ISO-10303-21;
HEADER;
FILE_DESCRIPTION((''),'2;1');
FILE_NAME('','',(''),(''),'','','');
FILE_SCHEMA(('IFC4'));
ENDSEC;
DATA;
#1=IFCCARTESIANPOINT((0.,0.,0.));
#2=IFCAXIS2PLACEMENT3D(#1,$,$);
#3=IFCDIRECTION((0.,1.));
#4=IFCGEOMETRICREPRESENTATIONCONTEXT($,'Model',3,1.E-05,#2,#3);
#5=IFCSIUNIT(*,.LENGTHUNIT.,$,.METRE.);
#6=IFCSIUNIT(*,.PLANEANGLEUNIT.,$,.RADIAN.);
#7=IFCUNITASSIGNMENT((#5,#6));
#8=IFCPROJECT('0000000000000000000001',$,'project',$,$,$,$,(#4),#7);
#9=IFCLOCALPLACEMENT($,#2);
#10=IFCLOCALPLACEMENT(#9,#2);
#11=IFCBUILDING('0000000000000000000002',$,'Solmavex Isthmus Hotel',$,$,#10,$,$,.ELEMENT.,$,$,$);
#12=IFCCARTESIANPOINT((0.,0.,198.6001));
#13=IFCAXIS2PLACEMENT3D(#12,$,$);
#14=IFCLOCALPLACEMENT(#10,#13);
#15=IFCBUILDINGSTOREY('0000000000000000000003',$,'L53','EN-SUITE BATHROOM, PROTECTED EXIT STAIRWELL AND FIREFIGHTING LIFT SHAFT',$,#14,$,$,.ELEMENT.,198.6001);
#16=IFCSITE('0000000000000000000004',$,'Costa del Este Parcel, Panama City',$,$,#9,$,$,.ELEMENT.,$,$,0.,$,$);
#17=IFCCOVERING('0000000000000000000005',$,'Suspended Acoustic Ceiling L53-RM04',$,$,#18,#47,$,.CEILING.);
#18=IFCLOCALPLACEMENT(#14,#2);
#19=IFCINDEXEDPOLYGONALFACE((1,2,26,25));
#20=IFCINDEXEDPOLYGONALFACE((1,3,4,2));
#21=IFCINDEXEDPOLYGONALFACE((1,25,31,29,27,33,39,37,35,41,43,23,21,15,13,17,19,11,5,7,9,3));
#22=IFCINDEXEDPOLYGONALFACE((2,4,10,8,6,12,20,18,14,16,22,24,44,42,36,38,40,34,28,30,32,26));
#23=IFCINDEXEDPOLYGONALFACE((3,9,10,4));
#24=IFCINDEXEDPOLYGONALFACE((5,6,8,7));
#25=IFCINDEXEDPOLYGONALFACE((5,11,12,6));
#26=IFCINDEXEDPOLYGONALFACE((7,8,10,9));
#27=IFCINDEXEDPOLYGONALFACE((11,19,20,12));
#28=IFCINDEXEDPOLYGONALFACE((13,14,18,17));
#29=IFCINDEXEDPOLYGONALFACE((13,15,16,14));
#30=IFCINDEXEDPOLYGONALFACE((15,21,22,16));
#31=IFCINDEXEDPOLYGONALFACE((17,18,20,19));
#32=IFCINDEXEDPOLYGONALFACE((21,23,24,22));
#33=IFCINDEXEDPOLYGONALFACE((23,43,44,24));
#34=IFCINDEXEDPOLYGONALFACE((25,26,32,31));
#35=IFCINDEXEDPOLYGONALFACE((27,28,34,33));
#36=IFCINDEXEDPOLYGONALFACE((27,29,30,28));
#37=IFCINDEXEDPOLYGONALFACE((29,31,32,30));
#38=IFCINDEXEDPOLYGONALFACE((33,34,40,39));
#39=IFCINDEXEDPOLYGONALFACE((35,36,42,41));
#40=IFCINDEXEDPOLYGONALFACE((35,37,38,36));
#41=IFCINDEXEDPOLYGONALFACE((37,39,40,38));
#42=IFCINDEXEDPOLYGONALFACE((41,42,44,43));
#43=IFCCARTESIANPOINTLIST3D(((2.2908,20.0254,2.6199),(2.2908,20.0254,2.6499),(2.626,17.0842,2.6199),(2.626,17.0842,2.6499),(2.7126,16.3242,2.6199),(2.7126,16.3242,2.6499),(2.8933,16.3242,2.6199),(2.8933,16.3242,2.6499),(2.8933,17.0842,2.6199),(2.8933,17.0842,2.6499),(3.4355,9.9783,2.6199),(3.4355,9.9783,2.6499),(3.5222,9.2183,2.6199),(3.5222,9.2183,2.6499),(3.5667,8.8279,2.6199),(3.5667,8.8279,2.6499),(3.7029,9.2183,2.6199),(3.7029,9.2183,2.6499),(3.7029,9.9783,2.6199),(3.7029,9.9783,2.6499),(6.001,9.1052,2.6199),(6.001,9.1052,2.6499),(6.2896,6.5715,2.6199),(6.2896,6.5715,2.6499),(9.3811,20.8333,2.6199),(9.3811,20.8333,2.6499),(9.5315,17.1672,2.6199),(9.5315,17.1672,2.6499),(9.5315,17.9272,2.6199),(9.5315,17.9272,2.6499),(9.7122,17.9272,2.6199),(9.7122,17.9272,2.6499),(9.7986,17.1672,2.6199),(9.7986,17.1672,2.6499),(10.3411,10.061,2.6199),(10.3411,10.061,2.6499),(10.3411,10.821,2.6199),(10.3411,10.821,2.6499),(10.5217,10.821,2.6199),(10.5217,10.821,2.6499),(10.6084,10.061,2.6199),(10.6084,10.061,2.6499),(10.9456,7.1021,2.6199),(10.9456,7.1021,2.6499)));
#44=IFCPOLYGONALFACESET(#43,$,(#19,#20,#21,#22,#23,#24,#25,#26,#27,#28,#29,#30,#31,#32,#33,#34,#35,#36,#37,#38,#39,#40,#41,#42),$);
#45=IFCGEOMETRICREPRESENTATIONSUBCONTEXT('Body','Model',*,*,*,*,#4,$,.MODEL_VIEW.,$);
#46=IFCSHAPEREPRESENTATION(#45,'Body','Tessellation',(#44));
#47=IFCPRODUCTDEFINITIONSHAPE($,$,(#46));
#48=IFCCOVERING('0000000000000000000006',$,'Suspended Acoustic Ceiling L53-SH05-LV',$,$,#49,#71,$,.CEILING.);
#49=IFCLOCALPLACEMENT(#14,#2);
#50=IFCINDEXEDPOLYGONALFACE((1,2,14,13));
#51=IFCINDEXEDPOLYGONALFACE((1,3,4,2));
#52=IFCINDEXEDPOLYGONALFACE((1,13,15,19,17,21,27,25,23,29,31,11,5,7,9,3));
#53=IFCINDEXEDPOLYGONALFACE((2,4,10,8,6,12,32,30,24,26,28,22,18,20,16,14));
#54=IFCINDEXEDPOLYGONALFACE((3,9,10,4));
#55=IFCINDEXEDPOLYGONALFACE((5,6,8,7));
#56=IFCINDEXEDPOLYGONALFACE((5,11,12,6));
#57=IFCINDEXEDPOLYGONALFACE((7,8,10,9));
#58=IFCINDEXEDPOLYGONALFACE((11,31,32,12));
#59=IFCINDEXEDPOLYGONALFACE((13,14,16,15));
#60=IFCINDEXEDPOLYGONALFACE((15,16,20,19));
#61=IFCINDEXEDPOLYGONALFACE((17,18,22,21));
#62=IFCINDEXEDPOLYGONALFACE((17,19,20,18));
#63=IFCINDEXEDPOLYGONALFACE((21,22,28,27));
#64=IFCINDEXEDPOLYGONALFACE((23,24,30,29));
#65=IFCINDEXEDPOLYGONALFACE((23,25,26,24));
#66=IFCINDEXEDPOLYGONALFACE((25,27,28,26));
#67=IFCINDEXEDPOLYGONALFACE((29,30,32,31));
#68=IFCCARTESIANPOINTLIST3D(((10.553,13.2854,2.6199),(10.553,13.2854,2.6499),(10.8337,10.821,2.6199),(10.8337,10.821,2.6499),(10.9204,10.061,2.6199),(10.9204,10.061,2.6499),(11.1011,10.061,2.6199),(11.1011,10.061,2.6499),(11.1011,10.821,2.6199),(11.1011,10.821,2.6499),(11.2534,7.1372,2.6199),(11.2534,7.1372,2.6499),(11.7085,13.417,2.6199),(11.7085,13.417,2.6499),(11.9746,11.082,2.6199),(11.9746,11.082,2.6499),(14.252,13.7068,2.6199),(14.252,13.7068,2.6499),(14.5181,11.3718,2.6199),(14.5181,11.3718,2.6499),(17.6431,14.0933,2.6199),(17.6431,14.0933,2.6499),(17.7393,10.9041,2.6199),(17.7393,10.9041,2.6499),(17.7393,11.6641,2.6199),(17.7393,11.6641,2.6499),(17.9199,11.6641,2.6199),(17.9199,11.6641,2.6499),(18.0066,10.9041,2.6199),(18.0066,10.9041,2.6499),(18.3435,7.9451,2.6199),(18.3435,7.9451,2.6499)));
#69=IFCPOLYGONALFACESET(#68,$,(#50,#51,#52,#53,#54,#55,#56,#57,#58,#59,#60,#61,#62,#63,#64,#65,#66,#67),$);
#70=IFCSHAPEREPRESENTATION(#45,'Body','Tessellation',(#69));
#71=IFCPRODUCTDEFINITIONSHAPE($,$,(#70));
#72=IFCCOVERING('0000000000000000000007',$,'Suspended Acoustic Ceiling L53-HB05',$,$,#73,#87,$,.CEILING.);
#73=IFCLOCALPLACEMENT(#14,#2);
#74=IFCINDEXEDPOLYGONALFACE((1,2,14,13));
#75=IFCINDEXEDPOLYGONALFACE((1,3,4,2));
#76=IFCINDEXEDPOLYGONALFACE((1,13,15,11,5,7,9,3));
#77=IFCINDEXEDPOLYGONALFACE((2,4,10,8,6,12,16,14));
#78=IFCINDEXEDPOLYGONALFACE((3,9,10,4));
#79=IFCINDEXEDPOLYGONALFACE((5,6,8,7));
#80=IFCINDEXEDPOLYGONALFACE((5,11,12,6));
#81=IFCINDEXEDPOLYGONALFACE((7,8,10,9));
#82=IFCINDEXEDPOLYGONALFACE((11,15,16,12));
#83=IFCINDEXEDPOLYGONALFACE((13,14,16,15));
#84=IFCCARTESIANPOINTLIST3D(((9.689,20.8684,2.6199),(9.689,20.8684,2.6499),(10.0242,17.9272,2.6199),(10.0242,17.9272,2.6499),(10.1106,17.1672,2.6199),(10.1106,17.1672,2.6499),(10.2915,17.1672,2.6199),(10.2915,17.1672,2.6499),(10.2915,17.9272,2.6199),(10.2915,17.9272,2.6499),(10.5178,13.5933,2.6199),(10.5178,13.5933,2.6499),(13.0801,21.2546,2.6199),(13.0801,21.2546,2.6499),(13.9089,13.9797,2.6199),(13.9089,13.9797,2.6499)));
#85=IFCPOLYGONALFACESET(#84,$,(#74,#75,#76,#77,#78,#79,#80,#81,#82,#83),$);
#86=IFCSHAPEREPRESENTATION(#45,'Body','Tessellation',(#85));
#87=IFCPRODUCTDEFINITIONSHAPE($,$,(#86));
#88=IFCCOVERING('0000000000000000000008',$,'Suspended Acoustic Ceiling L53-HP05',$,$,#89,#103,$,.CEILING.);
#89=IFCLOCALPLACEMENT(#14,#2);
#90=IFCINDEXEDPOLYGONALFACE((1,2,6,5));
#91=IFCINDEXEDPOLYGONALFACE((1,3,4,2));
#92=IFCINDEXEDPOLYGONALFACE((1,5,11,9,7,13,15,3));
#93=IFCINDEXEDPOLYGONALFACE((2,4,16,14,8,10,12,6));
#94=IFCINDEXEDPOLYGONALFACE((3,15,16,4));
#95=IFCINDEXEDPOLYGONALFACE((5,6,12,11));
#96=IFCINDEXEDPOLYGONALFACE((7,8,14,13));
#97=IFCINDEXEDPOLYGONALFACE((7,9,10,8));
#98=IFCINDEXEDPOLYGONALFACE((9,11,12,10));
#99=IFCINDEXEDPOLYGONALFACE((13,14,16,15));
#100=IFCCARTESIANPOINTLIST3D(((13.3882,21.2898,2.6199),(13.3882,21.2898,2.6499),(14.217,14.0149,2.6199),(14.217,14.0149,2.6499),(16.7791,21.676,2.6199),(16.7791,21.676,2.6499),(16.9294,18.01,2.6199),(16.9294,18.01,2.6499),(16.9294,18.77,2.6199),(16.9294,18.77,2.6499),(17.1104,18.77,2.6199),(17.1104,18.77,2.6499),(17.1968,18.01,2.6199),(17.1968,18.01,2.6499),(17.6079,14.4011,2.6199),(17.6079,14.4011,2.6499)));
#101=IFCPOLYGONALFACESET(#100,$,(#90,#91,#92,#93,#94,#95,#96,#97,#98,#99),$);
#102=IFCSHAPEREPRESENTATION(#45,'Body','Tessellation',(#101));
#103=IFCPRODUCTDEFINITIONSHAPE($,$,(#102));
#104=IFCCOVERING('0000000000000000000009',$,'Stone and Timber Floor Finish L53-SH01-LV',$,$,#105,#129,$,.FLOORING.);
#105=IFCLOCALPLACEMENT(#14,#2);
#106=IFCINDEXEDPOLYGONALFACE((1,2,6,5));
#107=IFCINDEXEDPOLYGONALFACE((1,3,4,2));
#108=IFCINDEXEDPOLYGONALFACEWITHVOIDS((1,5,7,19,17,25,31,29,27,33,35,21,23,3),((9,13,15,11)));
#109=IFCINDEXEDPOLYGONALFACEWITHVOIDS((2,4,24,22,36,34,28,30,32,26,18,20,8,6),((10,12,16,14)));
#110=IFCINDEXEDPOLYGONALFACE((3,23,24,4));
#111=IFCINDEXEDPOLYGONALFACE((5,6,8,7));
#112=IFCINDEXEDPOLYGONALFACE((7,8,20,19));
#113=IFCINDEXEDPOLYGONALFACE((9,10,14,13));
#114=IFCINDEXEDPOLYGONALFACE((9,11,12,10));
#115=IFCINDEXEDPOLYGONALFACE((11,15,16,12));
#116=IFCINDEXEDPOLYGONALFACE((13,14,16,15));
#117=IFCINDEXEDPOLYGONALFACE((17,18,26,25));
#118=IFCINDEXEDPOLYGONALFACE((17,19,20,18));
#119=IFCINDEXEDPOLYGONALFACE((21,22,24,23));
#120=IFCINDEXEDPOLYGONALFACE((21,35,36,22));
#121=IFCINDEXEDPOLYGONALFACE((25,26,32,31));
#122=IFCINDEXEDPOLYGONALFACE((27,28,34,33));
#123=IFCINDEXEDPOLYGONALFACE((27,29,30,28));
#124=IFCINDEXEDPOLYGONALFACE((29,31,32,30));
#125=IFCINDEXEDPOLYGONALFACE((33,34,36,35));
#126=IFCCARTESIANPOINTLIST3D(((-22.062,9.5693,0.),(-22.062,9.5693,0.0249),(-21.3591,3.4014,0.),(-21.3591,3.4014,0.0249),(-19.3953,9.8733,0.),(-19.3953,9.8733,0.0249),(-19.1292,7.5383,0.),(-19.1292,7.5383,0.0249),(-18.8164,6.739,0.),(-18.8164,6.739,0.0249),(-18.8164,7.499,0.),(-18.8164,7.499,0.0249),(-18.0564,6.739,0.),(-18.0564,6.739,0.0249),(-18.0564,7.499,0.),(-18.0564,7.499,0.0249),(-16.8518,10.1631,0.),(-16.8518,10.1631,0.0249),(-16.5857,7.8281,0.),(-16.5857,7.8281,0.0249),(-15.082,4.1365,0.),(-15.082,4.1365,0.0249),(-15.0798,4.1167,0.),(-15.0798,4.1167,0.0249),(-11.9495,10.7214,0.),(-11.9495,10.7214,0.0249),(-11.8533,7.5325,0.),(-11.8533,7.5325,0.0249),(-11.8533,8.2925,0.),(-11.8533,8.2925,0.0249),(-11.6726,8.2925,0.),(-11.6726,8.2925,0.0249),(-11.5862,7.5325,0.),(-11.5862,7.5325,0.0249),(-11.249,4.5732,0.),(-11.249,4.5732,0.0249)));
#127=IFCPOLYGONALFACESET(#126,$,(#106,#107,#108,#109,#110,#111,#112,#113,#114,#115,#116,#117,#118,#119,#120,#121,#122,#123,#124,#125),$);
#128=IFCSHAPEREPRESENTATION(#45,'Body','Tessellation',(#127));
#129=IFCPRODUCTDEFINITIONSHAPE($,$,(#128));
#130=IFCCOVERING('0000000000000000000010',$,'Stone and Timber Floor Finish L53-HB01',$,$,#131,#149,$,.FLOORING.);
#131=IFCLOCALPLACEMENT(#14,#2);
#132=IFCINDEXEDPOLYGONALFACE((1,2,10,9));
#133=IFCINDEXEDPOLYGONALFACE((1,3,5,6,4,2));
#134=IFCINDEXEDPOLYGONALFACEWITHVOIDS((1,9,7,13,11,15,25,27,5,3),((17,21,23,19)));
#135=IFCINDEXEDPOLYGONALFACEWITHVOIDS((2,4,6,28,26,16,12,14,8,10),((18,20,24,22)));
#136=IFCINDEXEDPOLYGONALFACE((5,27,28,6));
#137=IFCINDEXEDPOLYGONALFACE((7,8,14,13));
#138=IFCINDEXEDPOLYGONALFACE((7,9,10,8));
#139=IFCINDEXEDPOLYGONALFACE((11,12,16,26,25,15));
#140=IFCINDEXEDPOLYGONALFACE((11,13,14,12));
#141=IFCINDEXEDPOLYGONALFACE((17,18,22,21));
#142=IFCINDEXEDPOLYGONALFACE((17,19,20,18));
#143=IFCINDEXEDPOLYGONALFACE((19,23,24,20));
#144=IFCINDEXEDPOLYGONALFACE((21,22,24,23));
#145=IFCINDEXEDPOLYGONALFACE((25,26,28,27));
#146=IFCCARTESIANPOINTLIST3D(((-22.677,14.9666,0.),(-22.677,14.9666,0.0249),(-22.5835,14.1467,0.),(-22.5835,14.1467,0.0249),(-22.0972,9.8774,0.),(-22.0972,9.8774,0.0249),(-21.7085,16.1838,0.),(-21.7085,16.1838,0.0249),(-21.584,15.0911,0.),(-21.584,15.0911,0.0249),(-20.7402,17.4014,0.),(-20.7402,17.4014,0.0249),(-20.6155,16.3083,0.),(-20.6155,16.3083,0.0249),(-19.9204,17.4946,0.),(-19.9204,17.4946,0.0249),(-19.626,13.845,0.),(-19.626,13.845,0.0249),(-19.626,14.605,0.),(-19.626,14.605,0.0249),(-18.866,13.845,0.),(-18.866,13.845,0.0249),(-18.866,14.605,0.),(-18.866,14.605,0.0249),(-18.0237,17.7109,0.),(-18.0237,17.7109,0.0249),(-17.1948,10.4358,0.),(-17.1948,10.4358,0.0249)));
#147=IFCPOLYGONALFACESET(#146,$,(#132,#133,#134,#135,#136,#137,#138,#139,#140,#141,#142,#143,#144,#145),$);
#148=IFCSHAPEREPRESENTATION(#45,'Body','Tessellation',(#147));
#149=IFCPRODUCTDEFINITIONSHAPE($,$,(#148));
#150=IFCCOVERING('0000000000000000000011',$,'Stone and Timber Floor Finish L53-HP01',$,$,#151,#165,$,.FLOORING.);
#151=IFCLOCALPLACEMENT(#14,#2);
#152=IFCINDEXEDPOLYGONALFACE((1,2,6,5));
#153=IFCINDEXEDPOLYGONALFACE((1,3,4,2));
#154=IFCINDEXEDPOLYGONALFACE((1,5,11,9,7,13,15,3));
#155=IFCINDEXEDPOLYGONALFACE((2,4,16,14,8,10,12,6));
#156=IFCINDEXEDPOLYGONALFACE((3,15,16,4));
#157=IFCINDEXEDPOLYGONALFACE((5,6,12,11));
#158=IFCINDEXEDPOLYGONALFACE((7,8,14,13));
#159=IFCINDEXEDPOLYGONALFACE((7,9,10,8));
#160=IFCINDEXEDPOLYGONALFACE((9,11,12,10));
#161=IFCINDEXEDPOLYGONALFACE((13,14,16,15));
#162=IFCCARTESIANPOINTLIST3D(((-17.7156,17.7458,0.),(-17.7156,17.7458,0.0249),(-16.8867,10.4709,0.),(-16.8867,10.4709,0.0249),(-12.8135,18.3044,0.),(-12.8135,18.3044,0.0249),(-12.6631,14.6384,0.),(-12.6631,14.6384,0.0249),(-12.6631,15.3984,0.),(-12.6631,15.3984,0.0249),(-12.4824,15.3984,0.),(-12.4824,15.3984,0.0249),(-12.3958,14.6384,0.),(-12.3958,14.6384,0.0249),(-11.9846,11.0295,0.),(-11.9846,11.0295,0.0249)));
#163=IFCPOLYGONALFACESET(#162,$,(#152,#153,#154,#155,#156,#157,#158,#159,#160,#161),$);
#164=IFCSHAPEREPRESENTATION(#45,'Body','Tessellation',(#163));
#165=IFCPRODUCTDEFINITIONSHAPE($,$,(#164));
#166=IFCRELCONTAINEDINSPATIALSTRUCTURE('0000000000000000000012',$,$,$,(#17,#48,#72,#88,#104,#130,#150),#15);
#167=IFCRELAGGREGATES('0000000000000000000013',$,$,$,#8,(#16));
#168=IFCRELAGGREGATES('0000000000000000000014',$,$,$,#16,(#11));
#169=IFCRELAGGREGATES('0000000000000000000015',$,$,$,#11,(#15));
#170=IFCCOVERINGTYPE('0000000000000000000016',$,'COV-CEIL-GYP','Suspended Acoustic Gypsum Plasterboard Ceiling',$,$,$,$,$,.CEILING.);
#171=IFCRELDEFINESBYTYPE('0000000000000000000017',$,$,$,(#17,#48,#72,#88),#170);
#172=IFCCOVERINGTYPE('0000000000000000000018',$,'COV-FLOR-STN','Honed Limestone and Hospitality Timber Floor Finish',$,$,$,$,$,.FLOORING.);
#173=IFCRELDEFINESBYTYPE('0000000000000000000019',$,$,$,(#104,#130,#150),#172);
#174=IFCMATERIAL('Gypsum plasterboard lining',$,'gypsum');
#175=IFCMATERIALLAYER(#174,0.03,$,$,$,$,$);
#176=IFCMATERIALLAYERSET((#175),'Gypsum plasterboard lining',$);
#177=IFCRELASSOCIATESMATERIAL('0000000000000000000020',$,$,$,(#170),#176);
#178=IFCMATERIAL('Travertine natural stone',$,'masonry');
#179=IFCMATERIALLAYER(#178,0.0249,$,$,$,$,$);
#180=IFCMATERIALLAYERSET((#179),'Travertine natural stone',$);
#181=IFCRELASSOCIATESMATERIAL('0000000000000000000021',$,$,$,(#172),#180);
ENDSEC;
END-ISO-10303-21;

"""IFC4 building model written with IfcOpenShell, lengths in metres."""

from ifc_helpers import new_model, si_unit, direction, frame, origin, place, context, subcontext, project, spatial, polyline, outline, extrude, material, layer, layer_set, type_object, element, save


model = new_model("IFC4")

# Units and contexts
model_context = context("Model", 3, precision=1e-05, world=origin(), true_north=direction((0.0, 1.0)))
body_context = subcontext(model_context, "Body", "Model", "MODEL_VIEW")
ifc_project = project(units=[si_unit("LENGTHUNIT", "METRE"), si_unit("PLANEANGLEUNIT", "RADIAN")], contexts=[model_context])

# Site, building, storey
site_placement = place(None, origin())
site = spatial("IfcSite", under=ifc_project, at=site_placement, Name="Costa del Este Parcel, Panama City", CompositionType="ELEMENT", RefElevation=0.0)
building_placement = place(site_placement, origin())
building = spatial("IfcBuilding", under=site, at=building_placement, Name="Solmavex Isthmus Hotel", CompositionType="ELEMENT")
storey_placement = place(building_placement, frame((0.0, 0.0, 198.6001)))
storey = spatial("IfcBuildingStorey", under=building, at=storey_placement, Name="L53", Description="EN-SUITE BATHROOM, PROTECTED EXIT STAIRWELL AND FIREFIGHTING LIFT SHAFT", CompositionType="ELEMENT", Elevation=198.6001)

# Shared definitions
ifc_material_1 = material(Name="Gypsum plasterboard lining", Category="gypsum")

# Coverings
ifc_layer_1 = layer(ifc_material_1, 0.03)
ifc_layer_set_1 = layer_set([ifc_layer_1], Name="Gypsum plasterboard lining")
covering_type_1 = type_object("IfcCoveringType", Name="COV-CEIL-GYP", Description="Suspended Acoustic Gypsum Plasterboard Ceiling", PredefinedType="CEILING", material=ifc_layer_set_1)
covering_1_placement = place(storey_placement, frame((0.0, 0.0, 2.6199)))
element("IfcCovering", 1, at=covering_1_placement, inside=storey, type_object=covering_type_1, Name="Suspended Acoustic Ceiling L53-RM04", PredefinedType="CEILING", context=body_context, shape_type="SweptSolid", body=[
    extrude(outline(polyline([(3.4355, 9.9783), (3.7029, 9.9783), (3.7029, 9.2183), (3.5222, 9.2183), (3.5667, 8.8279), (6.001, 9.1052), (6.2896, 6.5715), (10.9456, 7.1021), (10.6084, 10.061), (10.3411, 10.061), (10.3411, 10.821), (10.5217, 10.821), (9.7986, 17.1672), (9.5315, 17.1672), (9.5315, 17.9272), (9.7122, 17.9272), (9.3811, 20.8333), (2.2908, 20.0254), (2.626, 17.0842), (2.8933, 17.0842), (2.8933, 16.3242), (2.7126, 16.3242), (3.4355, 9.9783)])), origin(), (0.0, 0.0, 1.0), 0.03),
])
covering_2_placement = place(storey_placement, frame((0.0, 0.0, 2.6199)))
element("IfcCovering", 2, at=covering_2_placement, inside=storey, type_object=covering_type_1, Name="Suspended Acoustic Ceiling L53-SH05-LV", PredefinedType="CEILING", context=body_context, shape_type="SweptSolid", body=[
    extrude(outline(polyline([(18.0066, 10.9041), (17.7393, 10.9041), (17.7393, 11.6641), (17.9199, 11.6641), (17.6431, 14.0933), (14.252, 13.7068), (14.5181, 11.3718), (11.9746, 11.082), (11.7085, 13.417), (10.553, 13.2854), (10.8337, 10.821), (11.1011, 10.821), (11.1011, 10.061), (10.9204, 10.061), (11.2534, 7.1372), (18.3435, 7.9451), (18.0066, 10.9041)])), origin(), (0.0, 0.0, 1.0), 0.03),
])
covering_3_placement = place(storey_placement, frame((0.0, 0.0, 2.6199)))
element("IfcCovering", 3, at=covering_3_placement, inside=storey, type_object=covering_type_1, Name="Suspended Acoustic Ceiling L53-HB05", PredefinedType="CEILING", context=body_context, shape_type="SweptSolid", body=[
    extrude(outline(polyline([(10.0242, 17.9272), (10.2915, 17.9272), (10.2915, 17.1672), (10.1106, 17.1672), (10.5178, 13.5933), (13.9089, 13.9797), (13.0801, 21.2546), (9.689, 20.8684), (10.0242, 17.9272)])), origin(), (0.0, 0.0, 1.0), 0.03),
])
covering_4_placement = place(storey_placement, frame((0.0, 0.0, 2.6199)))
element("IfcCovering", 4, at=covering_4_placement, inside=storey, type_object=covering_type_1, Name="Suspended Acoustic Ceiling L53-HP05", PredefinedType="CEILING", context=body_context, shape_type="SweptSolid", body=[
    extrude(outline(polyline([(17.1968, 18.01), (16.9294, 18.01), (16.9294, 18.77), (17.1104, 18.77), (16.7791, 21.676), (13.3882, 21.2898), (14.217, 14.0149), (17.6079, 14.4011), (17.1968, 18.01)])), origin(), (0.0, 0.0, 1.0), 0.03),
])
ifc_material_2 = material(Name="Travertine natural stone", Category="masonry")
ifc_layer_2 = layer(ifc_material_2, 0.0249)
ifc_layer_set_2 = layer_set([ifc_layer_2], Name="Travertine natural stone")
covering_type_2 = type_object("IfcCoveringType", Name="COV-FLOR-STN", Description="Honed Limestone and Hospitality Timber Floor Finish", PredefinedType="FLOORING", material=ifc_layer_set_2)
covering_5_placement = place(storey_placement, origin())
element("IfcCovering", 5, at=covering_5_placement, inside=storey, type_object=covering_type_2, Name="Stone and Timber Floor Finish L53-SH01-LV", PredefinedType="FLOORING", context=body_context, shape_type="SweptSolid", body=[
    extrude(outline(polyline([(-15.0798, 4.1167), (-15.082, 4.1365), (-11.249, 4.5732), (-11.5862, 7.5325), (-11.8533, 7.5325), (-11.8533, 8.2925), (-11.6726, 8.2925), (-11.9495, 10.7214), (-16.8518, 10.1631), (-16.5857, 7.8281), (-19.1292, 7.5383), (-19.3953, 9.8733), (-22.062, 9.5693), (-21.3591, 3.4014), (-15.0798, 4.1167)]), holes=[polyline([(-18.8164, 6.739), (-18.8164, 7.499), (-18.0564, 7.499), (-18.0564, 6.739), (-18.8164, 6.739)])]), origin(), (0.0, 0.0, 1.0), 0.0249),
])
covering_6_placement = place(storey_placement, origin())
element("IfcCovering", 6, at=covering_6_placement, inside=storey, type_object=covering_type_2, Name="Stone and Timber Floor Finish L53-HB01", PredefinedType="FLOORING", context=body_context, shape_type="SweptSolid", body=[
    extrude(outline(polyline([(-22.677, 14.9666), (-22.5835, 14.1467), (-22.0972, 9.8774), (-17.1948, 10.4358), (-18.0237, 17.7109), (-19.9204, 17.4946), (-20.7402, 17.4014), (-20.6155, 16.3083), (-21.7085, 16.1838), (-21.584, 15.0911), (-22.677, 14.9666)]), holes=[polyline([(-19.626, 13.845), (-19.626, 14.605), (-18.866, 14.605), (-18.866, 13.845), (-19.626, 13.845)])]), origin(), (0.0, 0.0, 1.0), 0.0249),
])
covering_7_placement = place(storey_placement, origin())
element("IfcCovering", 7, at=covering_7_placement, inside=storey, type_object=covering_type_2, Name="Stone and Timber Floor Finish L53-HP01", PredefinedType="FLOORING", context=body_context, shape_type="SweptSolid", body=[
    extrude(outline(polyline([(-12.3958, 14.6384), (-12.6631, 14.6384), (-12.6631, 15.3984), (-12.4824, 15.3984), (-12.8135, 18.3044), (-17.7156, 17.7458), (-16.8867, 10.4709), (-11.9846, 11.0295), (-12.3958, 14.6384)])), origin(), (0.0, 0.0, 1.0), 0.0249),
])

save(model, "model.ifc")
